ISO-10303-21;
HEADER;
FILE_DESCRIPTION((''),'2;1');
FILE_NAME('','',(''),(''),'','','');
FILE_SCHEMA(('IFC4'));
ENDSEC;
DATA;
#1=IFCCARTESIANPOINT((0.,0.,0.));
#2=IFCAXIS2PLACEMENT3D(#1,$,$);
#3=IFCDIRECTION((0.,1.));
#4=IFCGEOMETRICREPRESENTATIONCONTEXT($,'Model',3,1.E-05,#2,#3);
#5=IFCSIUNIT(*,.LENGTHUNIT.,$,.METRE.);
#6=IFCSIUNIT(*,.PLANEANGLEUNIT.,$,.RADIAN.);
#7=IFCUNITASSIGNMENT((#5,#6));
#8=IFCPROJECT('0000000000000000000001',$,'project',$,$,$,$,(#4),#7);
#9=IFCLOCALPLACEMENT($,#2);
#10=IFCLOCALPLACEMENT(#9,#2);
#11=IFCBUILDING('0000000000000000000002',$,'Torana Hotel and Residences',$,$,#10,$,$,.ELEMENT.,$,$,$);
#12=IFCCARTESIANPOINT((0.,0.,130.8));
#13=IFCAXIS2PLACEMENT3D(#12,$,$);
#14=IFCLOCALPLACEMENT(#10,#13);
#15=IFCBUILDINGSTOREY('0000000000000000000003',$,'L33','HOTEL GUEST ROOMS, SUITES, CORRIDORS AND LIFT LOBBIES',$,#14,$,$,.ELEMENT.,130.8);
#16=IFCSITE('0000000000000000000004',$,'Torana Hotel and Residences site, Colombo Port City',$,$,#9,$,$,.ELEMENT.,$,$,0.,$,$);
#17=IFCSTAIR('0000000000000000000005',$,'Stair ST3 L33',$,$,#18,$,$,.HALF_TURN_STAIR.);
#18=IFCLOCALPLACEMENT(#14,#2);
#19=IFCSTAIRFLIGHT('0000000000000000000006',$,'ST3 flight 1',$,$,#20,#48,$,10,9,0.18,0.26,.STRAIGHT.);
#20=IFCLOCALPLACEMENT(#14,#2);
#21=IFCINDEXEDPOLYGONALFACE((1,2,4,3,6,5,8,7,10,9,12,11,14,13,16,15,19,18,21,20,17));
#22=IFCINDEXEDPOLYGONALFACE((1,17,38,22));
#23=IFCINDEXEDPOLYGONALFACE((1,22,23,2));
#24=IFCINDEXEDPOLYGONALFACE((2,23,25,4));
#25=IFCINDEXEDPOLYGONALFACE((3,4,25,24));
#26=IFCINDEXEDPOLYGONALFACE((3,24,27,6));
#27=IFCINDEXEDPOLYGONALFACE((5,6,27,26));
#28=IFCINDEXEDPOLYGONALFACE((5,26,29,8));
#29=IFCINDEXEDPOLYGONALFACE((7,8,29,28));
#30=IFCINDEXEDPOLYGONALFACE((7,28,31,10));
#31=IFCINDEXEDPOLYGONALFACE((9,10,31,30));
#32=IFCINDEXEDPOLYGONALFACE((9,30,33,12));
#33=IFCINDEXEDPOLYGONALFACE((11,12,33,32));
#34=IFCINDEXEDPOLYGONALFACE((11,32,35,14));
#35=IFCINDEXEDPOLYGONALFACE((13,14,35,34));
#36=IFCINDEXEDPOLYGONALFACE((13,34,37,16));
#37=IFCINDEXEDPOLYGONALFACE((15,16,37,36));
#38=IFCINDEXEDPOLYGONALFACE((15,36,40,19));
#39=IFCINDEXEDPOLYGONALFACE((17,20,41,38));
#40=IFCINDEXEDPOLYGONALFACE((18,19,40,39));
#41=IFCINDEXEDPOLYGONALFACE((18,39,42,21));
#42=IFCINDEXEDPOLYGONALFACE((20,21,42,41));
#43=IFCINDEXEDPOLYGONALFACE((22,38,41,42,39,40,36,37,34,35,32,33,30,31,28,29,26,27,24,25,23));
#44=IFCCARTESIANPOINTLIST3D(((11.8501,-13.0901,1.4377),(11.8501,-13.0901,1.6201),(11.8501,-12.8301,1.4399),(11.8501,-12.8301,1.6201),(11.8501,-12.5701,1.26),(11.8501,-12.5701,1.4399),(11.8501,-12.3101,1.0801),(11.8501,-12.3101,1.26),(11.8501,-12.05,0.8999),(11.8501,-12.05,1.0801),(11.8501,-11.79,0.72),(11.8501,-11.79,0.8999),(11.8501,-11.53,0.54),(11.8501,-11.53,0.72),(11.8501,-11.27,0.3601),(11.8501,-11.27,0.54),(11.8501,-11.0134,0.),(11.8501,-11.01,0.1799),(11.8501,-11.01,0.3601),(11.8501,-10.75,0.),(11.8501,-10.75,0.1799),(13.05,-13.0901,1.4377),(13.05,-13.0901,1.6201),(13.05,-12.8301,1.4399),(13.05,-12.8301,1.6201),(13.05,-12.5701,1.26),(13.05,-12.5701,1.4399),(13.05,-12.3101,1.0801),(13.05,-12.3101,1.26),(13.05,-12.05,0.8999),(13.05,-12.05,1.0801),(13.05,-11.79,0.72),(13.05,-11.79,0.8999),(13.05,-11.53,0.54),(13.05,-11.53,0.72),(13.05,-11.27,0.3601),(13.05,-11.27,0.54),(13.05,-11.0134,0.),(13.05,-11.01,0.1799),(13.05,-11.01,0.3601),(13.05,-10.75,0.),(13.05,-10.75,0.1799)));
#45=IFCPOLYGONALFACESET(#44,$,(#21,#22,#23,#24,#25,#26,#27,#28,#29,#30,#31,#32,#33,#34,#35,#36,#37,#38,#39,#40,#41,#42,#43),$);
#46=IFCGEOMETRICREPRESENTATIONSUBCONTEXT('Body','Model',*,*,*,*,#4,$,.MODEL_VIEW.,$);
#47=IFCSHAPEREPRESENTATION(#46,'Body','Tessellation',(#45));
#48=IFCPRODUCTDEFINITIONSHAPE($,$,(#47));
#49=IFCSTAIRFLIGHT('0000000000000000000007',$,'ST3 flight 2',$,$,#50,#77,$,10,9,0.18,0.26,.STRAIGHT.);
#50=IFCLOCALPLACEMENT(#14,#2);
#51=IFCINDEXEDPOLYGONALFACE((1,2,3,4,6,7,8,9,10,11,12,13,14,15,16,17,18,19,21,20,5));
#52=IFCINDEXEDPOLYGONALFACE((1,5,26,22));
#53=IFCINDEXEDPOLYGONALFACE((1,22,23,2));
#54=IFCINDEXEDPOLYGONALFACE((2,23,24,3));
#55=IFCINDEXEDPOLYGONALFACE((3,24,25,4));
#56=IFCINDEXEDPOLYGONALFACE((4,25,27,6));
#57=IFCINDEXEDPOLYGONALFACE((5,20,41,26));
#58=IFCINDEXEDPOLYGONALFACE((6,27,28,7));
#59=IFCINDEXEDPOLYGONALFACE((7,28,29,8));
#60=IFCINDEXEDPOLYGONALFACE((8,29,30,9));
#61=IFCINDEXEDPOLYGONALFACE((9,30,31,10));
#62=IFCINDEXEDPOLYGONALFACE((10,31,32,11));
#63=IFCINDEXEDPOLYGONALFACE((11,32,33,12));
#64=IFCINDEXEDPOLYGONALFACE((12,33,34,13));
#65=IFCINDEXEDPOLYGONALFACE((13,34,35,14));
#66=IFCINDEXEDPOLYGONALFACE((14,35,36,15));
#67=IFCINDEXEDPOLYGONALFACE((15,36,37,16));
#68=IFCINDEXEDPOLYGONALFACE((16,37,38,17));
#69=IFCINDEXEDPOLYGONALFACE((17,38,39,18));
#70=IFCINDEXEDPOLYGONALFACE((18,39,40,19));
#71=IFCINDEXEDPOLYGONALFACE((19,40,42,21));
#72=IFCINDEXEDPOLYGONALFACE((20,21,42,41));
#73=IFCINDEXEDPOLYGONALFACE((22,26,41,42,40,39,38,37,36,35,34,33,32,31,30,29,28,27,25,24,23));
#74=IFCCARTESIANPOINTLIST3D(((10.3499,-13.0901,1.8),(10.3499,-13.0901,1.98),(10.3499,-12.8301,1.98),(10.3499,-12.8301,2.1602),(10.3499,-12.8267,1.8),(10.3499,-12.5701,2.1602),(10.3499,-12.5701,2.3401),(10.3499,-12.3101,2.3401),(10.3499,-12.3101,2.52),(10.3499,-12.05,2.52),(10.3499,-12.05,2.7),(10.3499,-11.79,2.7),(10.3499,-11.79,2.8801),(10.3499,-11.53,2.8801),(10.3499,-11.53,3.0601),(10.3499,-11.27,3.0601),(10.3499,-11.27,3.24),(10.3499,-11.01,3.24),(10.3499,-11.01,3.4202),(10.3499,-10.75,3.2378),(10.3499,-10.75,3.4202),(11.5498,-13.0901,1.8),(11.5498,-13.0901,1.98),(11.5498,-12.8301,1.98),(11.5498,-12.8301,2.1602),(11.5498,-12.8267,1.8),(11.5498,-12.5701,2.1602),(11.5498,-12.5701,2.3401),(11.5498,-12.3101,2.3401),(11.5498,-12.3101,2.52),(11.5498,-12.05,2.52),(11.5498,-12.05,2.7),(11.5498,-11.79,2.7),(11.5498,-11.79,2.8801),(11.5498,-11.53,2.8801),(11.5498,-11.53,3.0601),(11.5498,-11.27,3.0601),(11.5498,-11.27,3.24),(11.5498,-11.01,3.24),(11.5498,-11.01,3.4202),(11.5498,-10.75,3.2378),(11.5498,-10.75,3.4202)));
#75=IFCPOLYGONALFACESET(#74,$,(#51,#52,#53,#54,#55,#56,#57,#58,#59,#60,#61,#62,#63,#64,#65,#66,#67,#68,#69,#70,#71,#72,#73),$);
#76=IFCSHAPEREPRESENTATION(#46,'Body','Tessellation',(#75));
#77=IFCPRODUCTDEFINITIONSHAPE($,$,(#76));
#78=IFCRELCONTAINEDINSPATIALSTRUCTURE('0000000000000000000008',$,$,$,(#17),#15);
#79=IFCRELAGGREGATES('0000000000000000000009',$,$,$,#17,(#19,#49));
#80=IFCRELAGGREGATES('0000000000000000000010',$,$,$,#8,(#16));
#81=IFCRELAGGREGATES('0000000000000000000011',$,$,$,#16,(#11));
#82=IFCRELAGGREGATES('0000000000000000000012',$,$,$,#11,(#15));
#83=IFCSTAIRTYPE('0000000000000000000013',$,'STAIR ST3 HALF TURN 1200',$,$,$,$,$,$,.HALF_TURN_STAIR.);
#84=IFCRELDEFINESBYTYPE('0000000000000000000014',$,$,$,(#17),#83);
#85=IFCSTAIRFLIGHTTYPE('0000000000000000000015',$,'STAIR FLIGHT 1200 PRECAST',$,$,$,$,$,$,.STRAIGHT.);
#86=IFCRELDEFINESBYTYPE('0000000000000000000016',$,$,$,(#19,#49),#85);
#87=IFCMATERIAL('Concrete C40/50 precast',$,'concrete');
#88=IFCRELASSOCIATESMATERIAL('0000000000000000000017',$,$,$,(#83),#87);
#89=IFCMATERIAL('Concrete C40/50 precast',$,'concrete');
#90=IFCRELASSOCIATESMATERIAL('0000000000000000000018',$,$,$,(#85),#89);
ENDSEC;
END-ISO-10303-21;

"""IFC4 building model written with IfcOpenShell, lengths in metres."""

from ifc_helpers import new_model, si_unit, direction, frame, origin, place, context, subcontext, project, spatial, polyline, outline, extrude, material, type_object, element, aggregate, save


model = new_model("IFC4")

# Units and contexts
model_context = context("Model", 3, precision=1e-05, world=origin(), true_north=direction((0.0, 1.0)))
body_context = subcontext(model_context, "Body", "Model", "MODEL_VIEW")
ifc_project = project(units=[si_unit("LENGTHUNIT", "METRE"), si_unit("PLANEANGLEUNIT", "RADIAN")], contexts=[model_context])

# Site, building, storey
site_placement = place(None, origin())
site = spatial("IfcSite", under=ifc_project, at=site_placement, Name="Torana Hotel and Residences site, Colombo Port City", CompositionType="ELEMENT", RefElevation=0.0)
building_placement = place(site_placement, origin())
building = spatial("IfcBuilding", under=site, at=building_placement, Name="Torana Hotel and Residences", CompositionType="ELEMENT")
storey_placement = place(building_placement, frame((0.0, 0.0, 130.8)))
storey = spatial("IfcBuildingStorey", under=building, at=storey_placement, Name="L33", Description="HOTEL GUEST ROOMS, SUITES, CORRIDORS AND LIFT LOBBIES", CompositionType="ELEMENT", Elevation=130.8)

# Stair, stair flights
ifc_material_1 = material(Name="Concrete C40/50 precast", Category="concrete")
stair_type = type_object("IfcStairType", Name="STAIR ST3 HALF TURN 1200", PredefinedType="HALF_TURN_STAIR", material=ifc_material_1)
stair_placement = place(storey_placement, origin())
stair = element("IfcStair", 1, at=stair_placement, inside=storey, type_object=stair_type, Name="Stair ST3 L33", PredefinedType="HALF_TURN_STAIR")
ifc_material_2 = material(Name="Concrete C40/50 precast", Category="concrete")
stair_flight_type = type_object("IfcStairFlightType", Name="STAIR FLIGHT 1200 PRECAST", PredefinedType="STRAIGHT", material=ifc_material_2)
stair_flight_1_placement = place(storey_placement, frame((12.45, -10.75, 0.0), z_axis=(0.0, 0.0, 1.0), x_axis=(0.0, -1.0, 0.0)))
stair_flight_1 = element("IfcStairFlight", 2, at=stair_flight_1_placement, type_object=stair_flight_type, Name="ST3 flight 1", NumberOfRisers=10, NumberOfTreads=9, PredefinedType="STRAIGHT", RiserHeight=0.18, TreadLength=0.26, context=body_context, shape_type="SweptSolid", body=[
    extrude(outline(polyline([(0.0, 0.0), (0.0, 0.1799), (0.26, 0.1799), (0.26, 0.3601), (0.52, 0.3601), (0.52, 0.54), (0.78, 0.54), (0.78, 0.72), (1.04, 0.72), (1.04, 0.8999), (1.3, 0.8999), (1.3, 1.0801), (1.5601, 1.0801), (1.5601, 1.26), (1.8201, 1.26), (1.8201, 1.4399), (2.0801, 1.4399), (2.0801, 1.6201), (2.3401, 1.6201), (2.3401, 1.8), (2.3401, 1.4377), (0.2634, 0.0), (0.0, 0.0)])), frame((0.0, 0.6001, 0.0), z_axis=(0.0, -1.0, 0.0), x_axis=(1.0, 0.0, 0.0)), (0.0, 0.0, 1.0), 1.2),
])
stair_flight_2_placement = place(storey_placement, frame((10.95, -13.0901, 1.8), z_axis=(0.0, 0.0, 1.0), x_axis=(0.0, 1.0, 0.0)))
stair_flight_2 = element("IfcStairFlight", 3, at=stair_flight_2_placement, type_object=stair_flight_type, Name="ST3 flight 2", NumberOfRisers=10, NumberOfTreads=9, PredefinedType="STRAIGHT", RiserHeight=0.18, TreadLength=0.26, context=body_context, shape_type="SweptSolid", body=[
    extrude(outline(polyline([(0.0, 0.0), (0.0, 0.1799), (0.26, 0.1799), (0.26, 0.3601), (0.52, 0.3601), (0.52, 0.54), (0.78, 0.54), (0.78, 0.72), (1.04, 0.72), (1.04, 0.8999), (1.3, 0.8999), (1.3, 1.0801), (1.5601, 1.0801), (1.5601, 1.26), (1.8201, 1.26), (1.8201, 1.4399), (2.0801, 1.4399), (2.0801, 1.6201), (2.3401, 1.6201), (2.3401, 1.8), (2.3401, 1.4377), (0.2634, 0.0), (0.0, 0.0)])), frame((0.0, 0.6001, 0.0), z_axis=(0.0, -1.0, 0.0), x_axis=(1.0, 0.0, 0.0)), (0.0, 0.0, 1.0), 1.2),
])
aggregate(stair, [stair_flight_1, stair_flight_2])

save(model, "model.ifc")
